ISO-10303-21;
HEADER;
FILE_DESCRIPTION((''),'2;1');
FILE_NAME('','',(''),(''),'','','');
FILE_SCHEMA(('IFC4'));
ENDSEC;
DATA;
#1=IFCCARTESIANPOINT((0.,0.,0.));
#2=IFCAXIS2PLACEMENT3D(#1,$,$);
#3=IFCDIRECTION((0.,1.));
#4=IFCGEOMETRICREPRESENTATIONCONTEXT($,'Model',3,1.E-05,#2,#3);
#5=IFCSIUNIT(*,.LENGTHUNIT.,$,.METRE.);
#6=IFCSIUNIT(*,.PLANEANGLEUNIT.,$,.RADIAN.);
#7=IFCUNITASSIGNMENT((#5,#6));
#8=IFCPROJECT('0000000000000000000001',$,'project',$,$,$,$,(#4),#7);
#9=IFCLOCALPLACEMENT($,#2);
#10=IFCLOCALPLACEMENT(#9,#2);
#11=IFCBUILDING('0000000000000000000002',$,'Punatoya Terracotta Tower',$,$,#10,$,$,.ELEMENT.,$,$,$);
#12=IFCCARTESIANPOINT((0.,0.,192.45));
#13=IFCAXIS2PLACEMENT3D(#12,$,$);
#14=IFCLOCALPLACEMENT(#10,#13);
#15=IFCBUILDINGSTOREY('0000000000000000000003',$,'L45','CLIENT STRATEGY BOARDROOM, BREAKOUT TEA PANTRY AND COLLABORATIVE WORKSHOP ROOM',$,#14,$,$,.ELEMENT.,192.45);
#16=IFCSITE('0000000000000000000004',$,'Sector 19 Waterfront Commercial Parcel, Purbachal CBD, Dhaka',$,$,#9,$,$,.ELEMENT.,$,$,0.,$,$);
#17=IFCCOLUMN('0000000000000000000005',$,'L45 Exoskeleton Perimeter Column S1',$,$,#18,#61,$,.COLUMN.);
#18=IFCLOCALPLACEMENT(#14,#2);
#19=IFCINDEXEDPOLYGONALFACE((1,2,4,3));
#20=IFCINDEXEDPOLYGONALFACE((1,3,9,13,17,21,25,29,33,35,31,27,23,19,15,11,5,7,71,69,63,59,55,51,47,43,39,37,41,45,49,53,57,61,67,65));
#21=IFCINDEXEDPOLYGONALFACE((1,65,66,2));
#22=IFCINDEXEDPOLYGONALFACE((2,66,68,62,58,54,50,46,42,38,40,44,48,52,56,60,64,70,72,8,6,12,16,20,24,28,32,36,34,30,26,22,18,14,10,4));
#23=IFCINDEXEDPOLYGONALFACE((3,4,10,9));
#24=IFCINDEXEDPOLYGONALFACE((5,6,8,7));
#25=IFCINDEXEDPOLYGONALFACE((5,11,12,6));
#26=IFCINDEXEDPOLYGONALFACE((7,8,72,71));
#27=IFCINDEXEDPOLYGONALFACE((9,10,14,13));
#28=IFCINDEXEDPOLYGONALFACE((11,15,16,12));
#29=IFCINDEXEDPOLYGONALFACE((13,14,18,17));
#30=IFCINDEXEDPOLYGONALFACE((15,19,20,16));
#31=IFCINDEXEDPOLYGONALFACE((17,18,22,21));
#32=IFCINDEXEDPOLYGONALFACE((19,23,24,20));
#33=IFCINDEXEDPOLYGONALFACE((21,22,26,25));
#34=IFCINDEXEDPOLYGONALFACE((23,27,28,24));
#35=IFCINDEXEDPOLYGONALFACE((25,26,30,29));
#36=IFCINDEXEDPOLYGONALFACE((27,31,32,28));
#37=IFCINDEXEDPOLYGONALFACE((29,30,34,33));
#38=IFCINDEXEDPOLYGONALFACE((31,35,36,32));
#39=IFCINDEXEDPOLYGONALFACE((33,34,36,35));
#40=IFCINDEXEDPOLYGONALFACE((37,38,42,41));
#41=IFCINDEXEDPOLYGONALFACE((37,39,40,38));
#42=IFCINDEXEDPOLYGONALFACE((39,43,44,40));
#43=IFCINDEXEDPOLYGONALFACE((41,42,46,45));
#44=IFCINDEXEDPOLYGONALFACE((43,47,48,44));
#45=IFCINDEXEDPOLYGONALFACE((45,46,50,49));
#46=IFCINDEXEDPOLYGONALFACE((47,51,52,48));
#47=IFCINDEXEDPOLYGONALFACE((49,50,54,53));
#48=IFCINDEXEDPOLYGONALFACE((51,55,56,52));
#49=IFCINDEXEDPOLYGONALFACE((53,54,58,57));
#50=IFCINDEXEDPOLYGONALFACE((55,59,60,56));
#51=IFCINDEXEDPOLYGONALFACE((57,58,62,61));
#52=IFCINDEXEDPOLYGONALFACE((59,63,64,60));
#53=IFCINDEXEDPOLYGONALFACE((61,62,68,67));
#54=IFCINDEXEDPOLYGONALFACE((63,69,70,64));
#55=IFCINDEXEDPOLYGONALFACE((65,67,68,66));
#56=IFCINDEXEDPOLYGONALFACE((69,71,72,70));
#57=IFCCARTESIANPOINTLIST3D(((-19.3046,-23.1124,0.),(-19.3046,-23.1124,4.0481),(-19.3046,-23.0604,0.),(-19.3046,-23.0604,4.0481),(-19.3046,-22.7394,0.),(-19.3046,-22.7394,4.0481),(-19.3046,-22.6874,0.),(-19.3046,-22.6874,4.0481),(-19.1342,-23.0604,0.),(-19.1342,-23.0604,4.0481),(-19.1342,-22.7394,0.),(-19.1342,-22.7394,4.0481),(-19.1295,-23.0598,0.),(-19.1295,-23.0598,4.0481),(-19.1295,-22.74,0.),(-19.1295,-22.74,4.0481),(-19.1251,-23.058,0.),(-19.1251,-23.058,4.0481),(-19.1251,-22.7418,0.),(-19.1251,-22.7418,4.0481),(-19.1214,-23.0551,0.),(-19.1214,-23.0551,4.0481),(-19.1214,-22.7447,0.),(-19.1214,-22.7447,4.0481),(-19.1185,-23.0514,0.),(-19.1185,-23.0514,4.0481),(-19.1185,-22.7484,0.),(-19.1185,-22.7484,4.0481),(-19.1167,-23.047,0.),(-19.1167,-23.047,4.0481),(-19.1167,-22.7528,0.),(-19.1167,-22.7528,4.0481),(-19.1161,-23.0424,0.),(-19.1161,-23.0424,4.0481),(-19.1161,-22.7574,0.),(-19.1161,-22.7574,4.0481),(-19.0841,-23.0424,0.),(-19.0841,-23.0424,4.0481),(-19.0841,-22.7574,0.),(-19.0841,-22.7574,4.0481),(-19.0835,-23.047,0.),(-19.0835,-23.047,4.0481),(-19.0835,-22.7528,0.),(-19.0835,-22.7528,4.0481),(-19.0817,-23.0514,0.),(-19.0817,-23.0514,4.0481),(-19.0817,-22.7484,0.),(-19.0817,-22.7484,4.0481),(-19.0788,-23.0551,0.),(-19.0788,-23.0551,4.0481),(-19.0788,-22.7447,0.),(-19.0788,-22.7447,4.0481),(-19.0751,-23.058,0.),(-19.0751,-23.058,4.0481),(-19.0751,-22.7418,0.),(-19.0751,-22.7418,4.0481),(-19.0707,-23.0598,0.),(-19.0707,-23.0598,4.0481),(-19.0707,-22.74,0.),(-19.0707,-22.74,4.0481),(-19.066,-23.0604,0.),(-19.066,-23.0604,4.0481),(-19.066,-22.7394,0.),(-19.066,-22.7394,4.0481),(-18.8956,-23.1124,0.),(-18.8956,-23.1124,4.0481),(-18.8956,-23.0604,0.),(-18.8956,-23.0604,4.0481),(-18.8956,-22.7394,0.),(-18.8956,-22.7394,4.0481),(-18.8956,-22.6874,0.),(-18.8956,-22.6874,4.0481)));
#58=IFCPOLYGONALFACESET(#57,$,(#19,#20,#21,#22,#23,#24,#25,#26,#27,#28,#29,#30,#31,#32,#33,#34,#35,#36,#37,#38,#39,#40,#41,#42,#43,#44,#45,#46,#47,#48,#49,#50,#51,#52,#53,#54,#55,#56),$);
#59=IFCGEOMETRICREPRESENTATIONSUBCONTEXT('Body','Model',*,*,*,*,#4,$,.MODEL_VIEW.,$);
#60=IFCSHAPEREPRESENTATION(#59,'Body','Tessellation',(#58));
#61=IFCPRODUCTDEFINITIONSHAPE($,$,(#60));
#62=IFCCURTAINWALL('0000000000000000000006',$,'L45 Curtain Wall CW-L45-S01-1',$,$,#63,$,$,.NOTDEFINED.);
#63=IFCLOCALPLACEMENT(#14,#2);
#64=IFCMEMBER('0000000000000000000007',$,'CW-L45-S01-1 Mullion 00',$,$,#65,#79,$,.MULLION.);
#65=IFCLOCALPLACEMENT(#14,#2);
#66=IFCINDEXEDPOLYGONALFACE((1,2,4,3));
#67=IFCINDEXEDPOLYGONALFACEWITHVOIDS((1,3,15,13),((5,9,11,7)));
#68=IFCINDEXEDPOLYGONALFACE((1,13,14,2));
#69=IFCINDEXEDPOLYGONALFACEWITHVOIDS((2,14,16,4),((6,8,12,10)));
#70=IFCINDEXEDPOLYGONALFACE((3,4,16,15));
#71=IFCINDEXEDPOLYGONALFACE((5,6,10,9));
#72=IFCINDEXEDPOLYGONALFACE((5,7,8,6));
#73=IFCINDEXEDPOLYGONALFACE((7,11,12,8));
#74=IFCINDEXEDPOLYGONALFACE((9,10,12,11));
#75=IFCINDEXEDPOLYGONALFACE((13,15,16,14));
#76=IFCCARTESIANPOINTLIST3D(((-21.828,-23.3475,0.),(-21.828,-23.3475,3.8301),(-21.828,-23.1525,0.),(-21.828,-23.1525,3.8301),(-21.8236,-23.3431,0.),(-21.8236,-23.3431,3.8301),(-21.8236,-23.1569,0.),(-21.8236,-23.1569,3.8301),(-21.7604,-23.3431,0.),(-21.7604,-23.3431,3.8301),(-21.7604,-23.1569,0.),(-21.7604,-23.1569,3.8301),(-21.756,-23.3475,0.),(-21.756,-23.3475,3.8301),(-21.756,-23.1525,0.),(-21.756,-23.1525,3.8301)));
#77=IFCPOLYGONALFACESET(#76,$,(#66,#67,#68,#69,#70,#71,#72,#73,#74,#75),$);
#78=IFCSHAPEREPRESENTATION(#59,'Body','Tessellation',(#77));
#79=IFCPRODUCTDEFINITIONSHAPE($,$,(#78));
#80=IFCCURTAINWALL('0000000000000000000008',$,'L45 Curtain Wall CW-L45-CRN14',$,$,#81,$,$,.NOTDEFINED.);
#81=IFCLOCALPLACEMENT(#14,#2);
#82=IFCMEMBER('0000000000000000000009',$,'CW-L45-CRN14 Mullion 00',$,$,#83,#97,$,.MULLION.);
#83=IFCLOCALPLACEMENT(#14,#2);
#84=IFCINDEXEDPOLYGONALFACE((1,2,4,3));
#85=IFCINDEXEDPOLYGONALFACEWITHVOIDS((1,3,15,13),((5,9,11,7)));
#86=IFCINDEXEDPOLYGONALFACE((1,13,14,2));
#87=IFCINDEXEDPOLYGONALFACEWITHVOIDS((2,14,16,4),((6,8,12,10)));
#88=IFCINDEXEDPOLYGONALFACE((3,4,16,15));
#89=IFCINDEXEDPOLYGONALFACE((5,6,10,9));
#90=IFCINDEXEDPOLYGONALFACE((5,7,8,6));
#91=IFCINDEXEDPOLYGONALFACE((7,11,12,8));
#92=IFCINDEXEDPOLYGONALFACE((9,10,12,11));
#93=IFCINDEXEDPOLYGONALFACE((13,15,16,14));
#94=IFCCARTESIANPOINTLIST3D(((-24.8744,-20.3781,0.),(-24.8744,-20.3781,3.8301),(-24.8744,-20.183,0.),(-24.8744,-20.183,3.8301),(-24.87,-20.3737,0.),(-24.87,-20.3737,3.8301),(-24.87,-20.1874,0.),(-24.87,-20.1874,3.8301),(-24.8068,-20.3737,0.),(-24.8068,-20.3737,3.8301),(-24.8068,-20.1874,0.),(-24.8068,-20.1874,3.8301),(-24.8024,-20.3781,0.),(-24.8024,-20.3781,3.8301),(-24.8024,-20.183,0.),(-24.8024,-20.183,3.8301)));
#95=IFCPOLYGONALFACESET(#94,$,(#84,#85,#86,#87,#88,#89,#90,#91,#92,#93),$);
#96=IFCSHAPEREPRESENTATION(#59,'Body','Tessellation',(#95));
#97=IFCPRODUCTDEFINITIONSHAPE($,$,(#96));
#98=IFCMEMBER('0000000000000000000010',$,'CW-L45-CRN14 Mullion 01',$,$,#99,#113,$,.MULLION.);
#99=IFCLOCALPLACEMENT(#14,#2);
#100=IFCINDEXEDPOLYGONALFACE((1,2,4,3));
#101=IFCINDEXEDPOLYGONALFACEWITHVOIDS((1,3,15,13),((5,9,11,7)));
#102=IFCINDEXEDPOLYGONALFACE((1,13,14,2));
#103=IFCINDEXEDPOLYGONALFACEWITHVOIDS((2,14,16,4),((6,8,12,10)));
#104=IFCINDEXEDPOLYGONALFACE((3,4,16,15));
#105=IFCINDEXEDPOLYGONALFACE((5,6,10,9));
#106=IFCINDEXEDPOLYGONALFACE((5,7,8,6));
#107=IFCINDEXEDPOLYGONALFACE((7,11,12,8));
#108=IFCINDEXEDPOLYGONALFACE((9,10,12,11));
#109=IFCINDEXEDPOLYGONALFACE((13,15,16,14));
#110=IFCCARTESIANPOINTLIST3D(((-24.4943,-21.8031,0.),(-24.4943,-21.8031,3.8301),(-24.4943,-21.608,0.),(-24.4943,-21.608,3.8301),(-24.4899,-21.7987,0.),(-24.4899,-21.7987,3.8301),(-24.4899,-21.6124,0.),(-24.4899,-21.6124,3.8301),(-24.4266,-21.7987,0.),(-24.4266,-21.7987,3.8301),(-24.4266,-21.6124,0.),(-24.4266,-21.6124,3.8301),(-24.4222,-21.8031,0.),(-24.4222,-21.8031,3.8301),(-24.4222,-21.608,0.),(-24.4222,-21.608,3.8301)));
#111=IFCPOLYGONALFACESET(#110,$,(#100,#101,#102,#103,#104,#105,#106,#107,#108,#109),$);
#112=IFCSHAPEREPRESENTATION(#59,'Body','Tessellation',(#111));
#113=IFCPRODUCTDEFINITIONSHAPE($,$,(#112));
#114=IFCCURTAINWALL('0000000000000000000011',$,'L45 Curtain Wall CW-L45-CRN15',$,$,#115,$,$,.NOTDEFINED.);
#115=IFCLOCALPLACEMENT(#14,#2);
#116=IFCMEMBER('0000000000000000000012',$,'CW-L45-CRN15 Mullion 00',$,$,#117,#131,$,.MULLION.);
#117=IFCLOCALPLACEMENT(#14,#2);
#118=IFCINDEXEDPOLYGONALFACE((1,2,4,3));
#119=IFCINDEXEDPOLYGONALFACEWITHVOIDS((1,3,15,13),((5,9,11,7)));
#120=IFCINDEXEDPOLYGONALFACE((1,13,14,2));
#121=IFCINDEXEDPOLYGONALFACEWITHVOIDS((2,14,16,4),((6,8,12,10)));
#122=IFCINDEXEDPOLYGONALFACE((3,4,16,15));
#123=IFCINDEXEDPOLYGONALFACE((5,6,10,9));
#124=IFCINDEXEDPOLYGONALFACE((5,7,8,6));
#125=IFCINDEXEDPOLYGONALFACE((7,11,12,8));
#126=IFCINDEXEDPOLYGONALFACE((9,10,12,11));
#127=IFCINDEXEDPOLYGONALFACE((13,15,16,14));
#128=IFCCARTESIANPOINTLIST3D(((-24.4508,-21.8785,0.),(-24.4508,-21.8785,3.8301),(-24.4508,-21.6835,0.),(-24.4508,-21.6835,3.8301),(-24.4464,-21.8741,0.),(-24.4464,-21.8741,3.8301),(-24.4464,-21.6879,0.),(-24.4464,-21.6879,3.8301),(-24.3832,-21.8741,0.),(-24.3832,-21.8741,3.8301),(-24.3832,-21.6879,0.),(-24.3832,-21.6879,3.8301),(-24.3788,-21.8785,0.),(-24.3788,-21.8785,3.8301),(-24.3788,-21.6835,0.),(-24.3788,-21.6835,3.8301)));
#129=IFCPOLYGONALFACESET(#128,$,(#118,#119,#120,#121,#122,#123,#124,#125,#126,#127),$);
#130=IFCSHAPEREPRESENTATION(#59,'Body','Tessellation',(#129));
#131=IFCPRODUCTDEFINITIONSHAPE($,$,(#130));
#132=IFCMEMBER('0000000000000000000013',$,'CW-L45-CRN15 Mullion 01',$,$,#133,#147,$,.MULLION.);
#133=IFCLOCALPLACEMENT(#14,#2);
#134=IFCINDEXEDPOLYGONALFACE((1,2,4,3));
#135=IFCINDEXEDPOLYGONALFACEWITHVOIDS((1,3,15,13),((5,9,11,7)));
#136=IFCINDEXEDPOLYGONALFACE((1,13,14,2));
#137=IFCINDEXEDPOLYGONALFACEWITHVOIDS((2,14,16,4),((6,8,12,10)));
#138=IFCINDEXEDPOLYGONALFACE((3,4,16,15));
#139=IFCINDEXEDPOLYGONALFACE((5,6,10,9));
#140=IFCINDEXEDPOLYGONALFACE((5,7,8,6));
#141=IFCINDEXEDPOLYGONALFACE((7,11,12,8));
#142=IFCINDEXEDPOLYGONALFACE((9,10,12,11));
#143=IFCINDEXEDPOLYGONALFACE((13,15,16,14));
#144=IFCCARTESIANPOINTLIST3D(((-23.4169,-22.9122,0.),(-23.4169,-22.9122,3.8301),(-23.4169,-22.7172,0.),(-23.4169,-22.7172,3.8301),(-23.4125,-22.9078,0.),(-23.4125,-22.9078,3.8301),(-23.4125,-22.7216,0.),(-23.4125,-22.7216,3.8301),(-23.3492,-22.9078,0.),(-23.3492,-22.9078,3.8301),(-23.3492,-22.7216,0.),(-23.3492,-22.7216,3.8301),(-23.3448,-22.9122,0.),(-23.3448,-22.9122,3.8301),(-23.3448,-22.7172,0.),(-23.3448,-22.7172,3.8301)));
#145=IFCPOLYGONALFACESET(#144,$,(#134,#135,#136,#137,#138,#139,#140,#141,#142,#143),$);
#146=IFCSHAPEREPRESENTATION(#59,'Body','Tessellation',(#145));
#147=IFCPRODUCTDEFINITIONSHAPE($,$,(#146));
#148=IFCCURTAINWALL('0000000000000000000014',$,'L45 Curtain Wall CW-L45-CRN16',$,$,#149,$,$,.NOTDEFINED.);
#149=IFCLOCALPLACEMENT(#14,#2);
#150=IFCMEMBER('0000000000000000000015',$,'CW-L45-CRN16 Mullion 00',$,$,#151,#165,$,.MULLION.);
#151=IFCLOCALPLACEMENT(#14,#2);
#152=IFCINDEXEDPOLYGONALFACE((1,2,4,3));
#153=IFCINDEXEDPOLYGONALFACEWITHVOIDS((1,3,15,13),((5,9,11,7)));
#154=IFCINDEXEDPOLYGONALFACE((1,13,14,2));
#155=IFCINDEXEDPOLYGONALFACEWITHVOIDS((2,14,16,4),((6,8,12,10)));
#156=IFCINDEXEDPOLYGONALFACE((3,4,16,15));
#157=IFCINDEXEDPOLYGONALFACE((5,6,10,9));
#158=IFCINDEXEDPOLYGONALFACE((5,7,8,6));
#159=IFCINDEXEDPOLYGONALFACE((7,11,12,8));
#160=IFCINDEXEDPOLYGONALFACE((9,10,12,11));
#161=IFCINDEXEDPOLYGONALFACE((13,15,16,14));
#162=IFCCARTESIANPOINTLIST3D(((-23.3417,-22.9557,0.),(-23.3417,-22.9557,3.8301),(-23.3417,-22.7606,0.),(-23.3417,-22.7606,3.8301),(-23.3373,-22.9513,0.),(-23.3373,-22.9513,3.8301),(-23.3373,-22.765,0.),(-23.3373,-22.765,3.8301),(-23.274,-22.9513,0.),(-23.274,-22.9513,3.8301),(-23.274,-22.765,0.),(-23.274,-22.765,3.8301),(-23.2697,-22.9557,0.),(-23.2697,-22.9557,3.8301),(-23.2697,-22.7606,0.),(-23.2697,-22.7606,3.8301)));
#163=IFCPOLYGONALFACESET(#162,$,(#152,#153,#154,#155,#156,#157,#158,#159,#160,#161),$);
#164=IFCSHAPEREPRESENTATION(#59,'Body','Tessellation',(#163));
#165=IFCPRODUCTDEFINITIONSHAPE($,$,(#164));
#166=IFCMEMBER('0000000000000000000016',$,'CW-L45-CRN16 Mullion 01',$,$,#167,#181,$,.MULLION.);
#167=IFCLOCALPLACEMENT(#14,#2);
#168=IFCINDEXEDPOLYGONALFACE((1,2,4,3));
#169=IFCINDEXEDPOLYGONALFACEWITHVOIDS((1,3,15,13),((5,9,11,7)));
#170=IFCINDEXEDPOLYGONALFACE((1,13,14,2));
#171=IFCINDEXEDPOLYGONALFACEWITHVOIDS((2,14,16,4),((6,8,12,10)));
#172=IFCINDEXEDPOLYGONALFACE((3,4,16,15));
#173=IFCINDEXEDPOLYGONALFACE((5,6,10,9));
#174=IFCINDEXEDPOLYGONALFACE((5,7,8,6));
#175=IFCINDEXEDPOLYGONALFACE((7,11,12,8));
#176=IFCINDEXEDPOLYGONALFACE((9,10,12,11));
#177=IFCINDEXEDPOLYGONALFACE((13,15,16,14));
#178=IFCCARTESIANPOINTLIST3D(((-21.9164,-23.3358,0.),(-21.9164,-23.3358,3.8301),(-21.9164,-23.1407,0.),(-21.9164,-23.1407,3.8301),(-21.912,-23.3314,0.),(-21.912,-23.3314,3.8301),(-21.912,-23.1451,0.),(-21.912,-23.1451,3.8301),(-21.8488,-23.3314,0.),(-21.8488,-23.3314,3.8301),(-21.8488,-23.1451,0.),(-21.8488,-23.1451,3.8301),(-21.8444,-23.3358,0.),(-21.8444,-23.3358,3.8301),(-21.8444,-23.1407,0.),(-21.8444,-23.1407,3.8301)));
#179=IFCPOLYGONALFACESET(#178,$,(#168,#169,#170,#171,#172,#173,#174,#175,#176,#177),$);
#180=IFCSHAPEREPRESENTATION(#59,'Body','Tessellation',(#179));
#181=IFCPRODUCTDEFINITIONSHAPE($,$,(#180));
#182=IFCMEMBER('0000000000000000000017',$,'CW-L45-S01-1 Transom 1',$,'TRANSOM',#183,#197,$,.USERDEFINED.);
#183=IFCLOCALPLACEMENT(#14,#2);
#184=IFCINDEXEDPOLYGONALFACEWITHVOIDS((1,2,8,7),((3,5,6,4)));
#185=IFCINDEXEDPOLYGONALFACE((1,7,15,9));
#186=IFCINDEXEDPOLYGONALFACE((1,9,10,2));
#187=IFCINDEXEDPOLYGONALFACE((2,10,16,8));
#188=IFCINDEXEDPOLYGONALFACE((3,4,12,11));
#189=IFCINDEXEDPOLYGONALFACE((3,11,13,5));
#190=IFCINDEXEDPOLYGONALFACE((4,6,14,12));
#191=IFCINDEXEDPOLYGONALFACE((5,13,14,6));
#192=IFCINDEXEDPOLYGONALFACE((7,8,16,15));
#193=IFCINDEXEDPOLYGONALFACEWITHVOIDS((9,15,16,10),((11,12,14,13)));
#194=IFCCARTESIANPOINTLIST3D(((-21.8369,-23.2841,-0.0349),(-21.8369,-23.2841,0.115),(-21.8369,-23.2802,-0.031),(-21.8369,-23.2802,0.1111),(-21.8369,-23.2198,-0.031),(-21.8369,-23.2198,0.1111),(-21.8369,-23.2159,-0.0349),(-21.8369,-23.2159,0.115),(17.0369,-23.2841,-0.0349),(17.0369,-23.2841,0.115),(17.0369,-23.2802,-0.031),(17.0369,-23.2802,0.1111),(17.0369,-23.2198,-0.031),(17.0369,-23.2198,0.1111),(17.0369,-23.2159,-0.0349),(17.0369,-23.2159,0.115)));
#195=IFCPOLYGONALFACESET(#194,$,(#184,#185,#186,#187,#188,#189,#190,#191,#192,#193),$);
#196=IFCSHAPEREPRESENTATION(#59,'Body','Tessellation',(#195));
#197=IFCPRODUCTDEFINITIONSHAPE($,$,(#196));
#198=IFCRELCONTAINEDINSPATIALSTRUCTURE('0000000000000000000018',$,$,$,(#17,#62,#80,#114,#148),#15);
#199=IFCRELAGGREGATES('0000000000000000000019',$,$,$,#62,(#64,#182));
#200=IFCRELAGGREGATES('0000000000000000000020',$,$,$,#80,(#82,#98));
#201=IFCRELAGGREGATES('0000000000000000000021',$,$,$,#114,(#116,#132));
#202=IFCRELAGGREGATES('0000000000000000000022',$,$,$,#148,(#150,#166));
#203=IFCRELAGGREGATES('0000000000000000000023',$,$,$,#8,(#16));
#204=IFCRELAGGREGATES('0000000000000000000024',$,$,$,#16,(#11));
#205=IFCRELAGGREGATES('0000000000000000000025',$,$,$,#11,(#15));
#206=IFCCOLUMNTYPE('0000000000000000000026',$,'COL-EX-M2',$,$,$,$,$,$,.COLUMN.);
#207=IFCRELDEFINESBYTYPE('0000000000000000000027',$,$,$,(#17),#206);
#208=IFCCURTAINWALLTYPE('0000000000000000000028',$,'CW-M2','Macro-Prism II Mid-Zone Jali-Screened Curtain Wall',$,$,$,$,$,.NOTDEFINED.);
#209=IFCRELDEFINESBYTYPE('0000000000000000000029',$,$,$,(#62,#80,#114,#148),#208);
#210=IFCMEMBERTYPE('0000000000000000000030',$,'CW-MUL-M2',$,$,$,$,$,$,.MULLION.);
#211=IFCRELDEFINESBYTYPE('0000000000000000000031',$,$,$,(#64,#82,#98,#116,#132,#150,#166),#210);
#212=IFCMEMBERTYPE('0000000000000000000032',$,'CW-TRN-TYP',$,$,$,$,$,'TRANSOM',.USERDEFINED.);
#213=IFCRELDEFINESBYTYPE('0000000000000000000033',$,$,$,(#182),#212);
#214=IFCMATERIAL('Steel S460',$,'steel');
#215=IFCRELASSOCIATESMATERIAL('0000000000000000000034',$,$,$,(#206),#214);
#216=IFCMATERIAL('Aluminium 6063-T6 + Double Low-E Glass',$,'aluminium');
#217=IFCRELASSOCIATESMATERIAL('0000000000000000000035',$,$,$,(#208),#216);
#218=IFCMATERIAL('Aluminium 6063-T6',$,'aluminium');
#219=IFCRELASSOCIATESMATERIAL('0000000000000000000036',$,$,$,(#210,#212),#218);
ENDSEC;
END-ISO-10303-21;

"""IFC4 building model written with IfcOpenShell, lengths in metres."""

from ifc_helpers import new_model, si_unit, direction, frame, origin, origin_2d, place, context, subcontext, project, spatial, hollow_rectangle, i_section, extrude, material, material_profile, profile_set, type_object, element, aggregate, save


model = new_model("IFC4")

# Units and contexts
model_context = context("Model", 3, precision=1e-05, world=origin(), true_north=direction((0.0, 1.0)))
body_context = subcontext(model_context, "Body", "Model", "MODEL_VIEW")
ifc_project = project(units=[si_unit("LENGTHUNIT", "METRE"), si_unit("PLANEANGLEUNIT", "RADIAN")], contexts=[model_context])

# Site, building, storey
site_placement = place(None, origin())
site = spatial("IfcSite", under=ifc_project, at=site_placement, Name="Sector 19 Waterfront Commercial Parcel, Purbachal CBD, Dhaka", CompositionType="ELEMENT", RefElevation=0.0)
building_placement = place(site_placement, origin())
building = spatial("IfcBuilding", under=site, at=building_placement, Name="Punatoya Terracotta Tower", CompositionType="ELEMENT")
storey_placement = place(building_placement, frame((0.0, 0.0, 192.45)))
storey = spatial("IfcBuildingStorey", under=building, at=storey_placement, Name="L45", Description="CLIENT STRATEGY BOARDROOM, BREAKOUT TEA PANTRY AND COLLABORATIVE WORKSHOP ROOM", CompositionType="ELEMENT", Elevation=192.45)

# Column
ifc_material_1 = material(Name="Steel S460", Category="steel")
ifc_material_profile_1 = material_profile(ifc_material_1, i_section(OverallWidth=0.4089, OverallDepth=0.425, WebThickness=0.032, FlangeThickness=0.052, FilletRadius=0.0181, at=origin_2d()))
ifc_profile_set_1 = profile_set([ifc_material_profile_1], Name="Steel S460")
column_type = type_object("IfcColumnType", Name="COL-EX-M2", PredefinedType="COLUMN", material=ifc_profile_set_1)
column_placement = place(storey_placement, frame((-19.1001, -22.8999, 0.0), z_axis=(0.0, 0.0, 1.0), x_axis=(1.0, 0.0, 0.0)))
element("IfcColumn", 1, at=column_placement, inside=storey, type_object=column_type, Name="L45 Exoskeleton Perimeter Column S1", PredefinedType="COLUMN", context=body_context, shape_type="SweptSolid", body=[
    extrude(i_section(OverallWidth=0.4089, OverallDepth=0.425, WebThickness=0.032, FlangeThickness=0.052, FilletRadius=0.0181, at=origin_2d()), origin(), (0.0, 0.0, 1.0), 4.0481),
])

# Curtain wall, member
ifc_material_2 = material(Name="Aluminium 6063-T6 + Double Low-E Glass", Category="aluminium")
curtain_wall_type = type_object("IfcCurtainWallType", Name="CW-M2", Description="Macro-Prism II Mid-Zone Jali-Screened Curtain Wall", PredefinedType="NOTDEFINED", material=ifc_material_2)
curtain_wall_1_placement = place(storey_placement, origin())
curtain_wall_1 = element("IfcCurtainWall", 2, at=curtain_wall_1_placement, inside=storey, type_object=curtain_wall_type, Name="L45 Curtain Wall CW-L45-S01-1", PredefinedType="NOTDEFINED")
ifc_material_3 = material(Name="Aluminium 6063-T6", Category="aluminium")
ifc_material_profile_2 = material_profile(ifc_material_3, hollow_rectangle(XDim=0.072, YDim=0.1951, WallThickness=0.0044, at=origin_2d()))
ifc_profile_set_2 = profile_set([ifc_material_profile_2], Name="Aluminium 6063-T6")
member_type_1 = type_object("IfcMemberType", Name="CW-MUL-M2", PredefinedType="MULLION", material=ifc_profile_set_2)
member_1_placement = place(storey_placement, frame((-21.792, -23.25, 0.0), z_axis=(0.0, 0.0, 1.0), x_axis=(1.0, 0.0, 0.0)))
member_1 = element("IfcMember", 3, at=member_1_placement, type_object=member_type_1, Name="CW-L45-S01-1 Mullion 00", PredefinedType="MULLION", context=body_context, shape_type="SweptSolid", body=[
    extrude(hollow_rectangle(XDim=0.072, YDim=0.1951, WallThickness=0.0044, at=origin_2d()), origin(), (0.0, 0.0, 1.0), 3.8301),
])

# Curtain walls, members
curtain_wall_2_placement = place(storey_placement, origin())
curtain_wall_2 = element("IfcCurtainWall", 4, at=curtain_wall_2_placement, inside=storey, type_object=curtain_wall_type, Name="L45 Curtain Wall CW-L45-CRN14", PredefinedType="NOTDEFINED")
member_2_placement = place(storey_placement, frame((-24.8384, -20.2805, 0.0), z_axis=(0.0, 0.0, 1.0), x_axis=(1.0, 0.0, 0.0)))
member_2 = element("IfcMember", 5, at=member_2_placement, type_object=member_type_1, Name="CW-L45-CRN14 Mullion 00", PredefinedType="MULLION", context=body_context, shape_type="SweptSolid", body=[
    extrude(hollow_rectangle(XDim=0.072, YDim=0.1951, WallThickness=0.0044, at=origin_2d()), origin(), (0.0, 0.0, 1.0), 3.8301),
])
member_3_placement = place(storey_placement, frame((-24.4583, -21.7056, 0.0), z_axis=(0.0, 0.0, 1.0), x_axis=(1.0, 0.0, 0.0)))
member_3 = element("IfcMember", 6, at=member_3_placement, type_object=member_type_1, Name="CW-L45-CRN14 Mullion 01", PredefinedType="MULLION", context=body_context, shape_type="SweptSolid", body=[
    extrude(hollow_rectangle(XDim=0.072, YDim=0.1951, WallThickness=0.0044, at=origin_2d()), origin(), (0.0, 0.0, 1.0), 3.8301),
])
curtain_wall_3_placement = place(storey_placement, origin())
curtain_wall_3 = element("IfcCurtainWall", 7, at=curtain_wall_3_placement, inside=storey, type_object=curtain_wall_type, Name="L45 Curtain Wall CW-L45-CRN15", PredefinedType="NOTDEFINED")
member_4_placement = place(storey_placement, frame((-24.4148, -21.781, 0.0), z_axis=(0.0, 0.0, 1.0), x_axis=(1.0, 0.0, 0.0)))
member_4 = element("IfcMember", 8, at=member_4_placement, type_object=member_type_1, Name="CW-L45-CRN15 Mullion 00", PredefinedType="MULLION", context=body_context, shape_type="SweptSolid", body=[
    extrude(hollow_rectangle(XDim=0.072, YDim=0.1951, WallThickness=0.0044, at=origin_2d()), origin(), (0.0, 0.0, 1.0), 3.8301),
])
member_5_placement = place(storey_placement, frame((-23.3809, -22.8147, 0.0), z_axis=(0.0, 0.0, 1.0), x_axis=(1.0, 0.0, 0.0)))
member_5 = element("IfcMember", 9, at=member_5_placement, type_object=member_type_1, Name="CW-L45-CRN15 Mullion 01", PredefinedType="MULLION", context=body_context, shape_type="SweptSolid", body=[
    extrude(hollow_rectangle(XDim=0.072, YDim=0.1951, WallThickness=0.0044, at=origin_2d()), origin(), (0.0, 0.0, 1.0), 3.8301),
])
curtain_wall_4_placement = place(storey_placement, origin())
curtain_wall_4 = element("IfcCurtainWall", 10, at=curtain_wall_4_placement, inside=storey, type_object=curtain_wall_type, Name="L45 Curtain Wall CW-L45-CRN16", PredefinedType="NOTDEFINED")
member_6_placement = place(storey_placement, frame((-23.3057, -22.8582, 0.0), z_axis=(0.0, 0.0, 1.0), x_axis=(1.0, 0.0, 0.0)))
member_6 = element("IfcMember", 11, at=member_6_placement, type_object=member_type_1, Name="CW-L45-CRN16 Mullion 00", PredefinedType="MULLION", context=body_context, shape_type="SweptSolid", body=[
    extrude(hollow_rectangle(XDim=0.072, YDim=0.1951, WallThickness=0.0044, at=origin_2d()), origin(), (0.0, 0.0, 1.0), 3.8301),
])
member_7_placement = place(storey_placement, frame((-21.8804, -23.2383, 0.0), z_axis=(0.0, 0.0, 1.0), x_axis=(1.0, 0.0, 0.0)))
member_7 = element("IfcMember", 12, at=member_7_placement, type_object=member_type_1, Name="CW-L45-CRN16 Mullion 01", PredefinedType="MULLION", context=body_context, shape_type="SweptSolid", body=[
    extrude(hollow_rectangle(XDim=0.072, YDim=0.1951, WallThickness=0.0044, at=origin_2d()), origin(), (0.0, 0.0, 1.0), 3.8301),
])

# Member
ifc_material_profile_3 = material_profile(ifc_material_3, hollow_rectangle(XDim=0.0681, YDim=0.1499, WallThickness=0.0039, at=origin_2d()))
ifc_profile_set_3 = profile_set([ifc_material_profile_3], Name="Aluminium 6063-T6")
member_type_2 = type_object("IfcMemberType", Name="CW-TRN-TYP", ElementType="TRANSOM", PredefinedType="USERDEFINED", material=ifc_profile_set_3)
member_8_placement = place(storey_placement, frame((-21.8369, -23.25, 0.04), z_axis=(1.0, 0.0, 0.0), x_axis=(0.0, 1.0, 0.0)))
member_8 = element("IfcMember", 13, at=member_8_placement, type_object=member_type_2, Name="CW-L45-S01-1 Transom 1", ObjectType="TRANSOM", PredefinedType="USERDEFINED", context=body_context, shape_type="SweptSolid", body=[
    extrude(hollow_rectangle(XDim=0.0681, YDim=0.1499, WallThickness=0.0039, at=origin_2d()), origin(), (0.0, 0.0, 1.0), 38.8738),
])

aggregate(curtain_wall_1, [member_1, member_8])
aggregate(curtain_wall_2, [member_2, member_3])
aggregate(curtain_wall_3, [member_4, member_5])
aggregate(curtain_wall_4, [member_6, member_7])

save(model, "model.ifc")
